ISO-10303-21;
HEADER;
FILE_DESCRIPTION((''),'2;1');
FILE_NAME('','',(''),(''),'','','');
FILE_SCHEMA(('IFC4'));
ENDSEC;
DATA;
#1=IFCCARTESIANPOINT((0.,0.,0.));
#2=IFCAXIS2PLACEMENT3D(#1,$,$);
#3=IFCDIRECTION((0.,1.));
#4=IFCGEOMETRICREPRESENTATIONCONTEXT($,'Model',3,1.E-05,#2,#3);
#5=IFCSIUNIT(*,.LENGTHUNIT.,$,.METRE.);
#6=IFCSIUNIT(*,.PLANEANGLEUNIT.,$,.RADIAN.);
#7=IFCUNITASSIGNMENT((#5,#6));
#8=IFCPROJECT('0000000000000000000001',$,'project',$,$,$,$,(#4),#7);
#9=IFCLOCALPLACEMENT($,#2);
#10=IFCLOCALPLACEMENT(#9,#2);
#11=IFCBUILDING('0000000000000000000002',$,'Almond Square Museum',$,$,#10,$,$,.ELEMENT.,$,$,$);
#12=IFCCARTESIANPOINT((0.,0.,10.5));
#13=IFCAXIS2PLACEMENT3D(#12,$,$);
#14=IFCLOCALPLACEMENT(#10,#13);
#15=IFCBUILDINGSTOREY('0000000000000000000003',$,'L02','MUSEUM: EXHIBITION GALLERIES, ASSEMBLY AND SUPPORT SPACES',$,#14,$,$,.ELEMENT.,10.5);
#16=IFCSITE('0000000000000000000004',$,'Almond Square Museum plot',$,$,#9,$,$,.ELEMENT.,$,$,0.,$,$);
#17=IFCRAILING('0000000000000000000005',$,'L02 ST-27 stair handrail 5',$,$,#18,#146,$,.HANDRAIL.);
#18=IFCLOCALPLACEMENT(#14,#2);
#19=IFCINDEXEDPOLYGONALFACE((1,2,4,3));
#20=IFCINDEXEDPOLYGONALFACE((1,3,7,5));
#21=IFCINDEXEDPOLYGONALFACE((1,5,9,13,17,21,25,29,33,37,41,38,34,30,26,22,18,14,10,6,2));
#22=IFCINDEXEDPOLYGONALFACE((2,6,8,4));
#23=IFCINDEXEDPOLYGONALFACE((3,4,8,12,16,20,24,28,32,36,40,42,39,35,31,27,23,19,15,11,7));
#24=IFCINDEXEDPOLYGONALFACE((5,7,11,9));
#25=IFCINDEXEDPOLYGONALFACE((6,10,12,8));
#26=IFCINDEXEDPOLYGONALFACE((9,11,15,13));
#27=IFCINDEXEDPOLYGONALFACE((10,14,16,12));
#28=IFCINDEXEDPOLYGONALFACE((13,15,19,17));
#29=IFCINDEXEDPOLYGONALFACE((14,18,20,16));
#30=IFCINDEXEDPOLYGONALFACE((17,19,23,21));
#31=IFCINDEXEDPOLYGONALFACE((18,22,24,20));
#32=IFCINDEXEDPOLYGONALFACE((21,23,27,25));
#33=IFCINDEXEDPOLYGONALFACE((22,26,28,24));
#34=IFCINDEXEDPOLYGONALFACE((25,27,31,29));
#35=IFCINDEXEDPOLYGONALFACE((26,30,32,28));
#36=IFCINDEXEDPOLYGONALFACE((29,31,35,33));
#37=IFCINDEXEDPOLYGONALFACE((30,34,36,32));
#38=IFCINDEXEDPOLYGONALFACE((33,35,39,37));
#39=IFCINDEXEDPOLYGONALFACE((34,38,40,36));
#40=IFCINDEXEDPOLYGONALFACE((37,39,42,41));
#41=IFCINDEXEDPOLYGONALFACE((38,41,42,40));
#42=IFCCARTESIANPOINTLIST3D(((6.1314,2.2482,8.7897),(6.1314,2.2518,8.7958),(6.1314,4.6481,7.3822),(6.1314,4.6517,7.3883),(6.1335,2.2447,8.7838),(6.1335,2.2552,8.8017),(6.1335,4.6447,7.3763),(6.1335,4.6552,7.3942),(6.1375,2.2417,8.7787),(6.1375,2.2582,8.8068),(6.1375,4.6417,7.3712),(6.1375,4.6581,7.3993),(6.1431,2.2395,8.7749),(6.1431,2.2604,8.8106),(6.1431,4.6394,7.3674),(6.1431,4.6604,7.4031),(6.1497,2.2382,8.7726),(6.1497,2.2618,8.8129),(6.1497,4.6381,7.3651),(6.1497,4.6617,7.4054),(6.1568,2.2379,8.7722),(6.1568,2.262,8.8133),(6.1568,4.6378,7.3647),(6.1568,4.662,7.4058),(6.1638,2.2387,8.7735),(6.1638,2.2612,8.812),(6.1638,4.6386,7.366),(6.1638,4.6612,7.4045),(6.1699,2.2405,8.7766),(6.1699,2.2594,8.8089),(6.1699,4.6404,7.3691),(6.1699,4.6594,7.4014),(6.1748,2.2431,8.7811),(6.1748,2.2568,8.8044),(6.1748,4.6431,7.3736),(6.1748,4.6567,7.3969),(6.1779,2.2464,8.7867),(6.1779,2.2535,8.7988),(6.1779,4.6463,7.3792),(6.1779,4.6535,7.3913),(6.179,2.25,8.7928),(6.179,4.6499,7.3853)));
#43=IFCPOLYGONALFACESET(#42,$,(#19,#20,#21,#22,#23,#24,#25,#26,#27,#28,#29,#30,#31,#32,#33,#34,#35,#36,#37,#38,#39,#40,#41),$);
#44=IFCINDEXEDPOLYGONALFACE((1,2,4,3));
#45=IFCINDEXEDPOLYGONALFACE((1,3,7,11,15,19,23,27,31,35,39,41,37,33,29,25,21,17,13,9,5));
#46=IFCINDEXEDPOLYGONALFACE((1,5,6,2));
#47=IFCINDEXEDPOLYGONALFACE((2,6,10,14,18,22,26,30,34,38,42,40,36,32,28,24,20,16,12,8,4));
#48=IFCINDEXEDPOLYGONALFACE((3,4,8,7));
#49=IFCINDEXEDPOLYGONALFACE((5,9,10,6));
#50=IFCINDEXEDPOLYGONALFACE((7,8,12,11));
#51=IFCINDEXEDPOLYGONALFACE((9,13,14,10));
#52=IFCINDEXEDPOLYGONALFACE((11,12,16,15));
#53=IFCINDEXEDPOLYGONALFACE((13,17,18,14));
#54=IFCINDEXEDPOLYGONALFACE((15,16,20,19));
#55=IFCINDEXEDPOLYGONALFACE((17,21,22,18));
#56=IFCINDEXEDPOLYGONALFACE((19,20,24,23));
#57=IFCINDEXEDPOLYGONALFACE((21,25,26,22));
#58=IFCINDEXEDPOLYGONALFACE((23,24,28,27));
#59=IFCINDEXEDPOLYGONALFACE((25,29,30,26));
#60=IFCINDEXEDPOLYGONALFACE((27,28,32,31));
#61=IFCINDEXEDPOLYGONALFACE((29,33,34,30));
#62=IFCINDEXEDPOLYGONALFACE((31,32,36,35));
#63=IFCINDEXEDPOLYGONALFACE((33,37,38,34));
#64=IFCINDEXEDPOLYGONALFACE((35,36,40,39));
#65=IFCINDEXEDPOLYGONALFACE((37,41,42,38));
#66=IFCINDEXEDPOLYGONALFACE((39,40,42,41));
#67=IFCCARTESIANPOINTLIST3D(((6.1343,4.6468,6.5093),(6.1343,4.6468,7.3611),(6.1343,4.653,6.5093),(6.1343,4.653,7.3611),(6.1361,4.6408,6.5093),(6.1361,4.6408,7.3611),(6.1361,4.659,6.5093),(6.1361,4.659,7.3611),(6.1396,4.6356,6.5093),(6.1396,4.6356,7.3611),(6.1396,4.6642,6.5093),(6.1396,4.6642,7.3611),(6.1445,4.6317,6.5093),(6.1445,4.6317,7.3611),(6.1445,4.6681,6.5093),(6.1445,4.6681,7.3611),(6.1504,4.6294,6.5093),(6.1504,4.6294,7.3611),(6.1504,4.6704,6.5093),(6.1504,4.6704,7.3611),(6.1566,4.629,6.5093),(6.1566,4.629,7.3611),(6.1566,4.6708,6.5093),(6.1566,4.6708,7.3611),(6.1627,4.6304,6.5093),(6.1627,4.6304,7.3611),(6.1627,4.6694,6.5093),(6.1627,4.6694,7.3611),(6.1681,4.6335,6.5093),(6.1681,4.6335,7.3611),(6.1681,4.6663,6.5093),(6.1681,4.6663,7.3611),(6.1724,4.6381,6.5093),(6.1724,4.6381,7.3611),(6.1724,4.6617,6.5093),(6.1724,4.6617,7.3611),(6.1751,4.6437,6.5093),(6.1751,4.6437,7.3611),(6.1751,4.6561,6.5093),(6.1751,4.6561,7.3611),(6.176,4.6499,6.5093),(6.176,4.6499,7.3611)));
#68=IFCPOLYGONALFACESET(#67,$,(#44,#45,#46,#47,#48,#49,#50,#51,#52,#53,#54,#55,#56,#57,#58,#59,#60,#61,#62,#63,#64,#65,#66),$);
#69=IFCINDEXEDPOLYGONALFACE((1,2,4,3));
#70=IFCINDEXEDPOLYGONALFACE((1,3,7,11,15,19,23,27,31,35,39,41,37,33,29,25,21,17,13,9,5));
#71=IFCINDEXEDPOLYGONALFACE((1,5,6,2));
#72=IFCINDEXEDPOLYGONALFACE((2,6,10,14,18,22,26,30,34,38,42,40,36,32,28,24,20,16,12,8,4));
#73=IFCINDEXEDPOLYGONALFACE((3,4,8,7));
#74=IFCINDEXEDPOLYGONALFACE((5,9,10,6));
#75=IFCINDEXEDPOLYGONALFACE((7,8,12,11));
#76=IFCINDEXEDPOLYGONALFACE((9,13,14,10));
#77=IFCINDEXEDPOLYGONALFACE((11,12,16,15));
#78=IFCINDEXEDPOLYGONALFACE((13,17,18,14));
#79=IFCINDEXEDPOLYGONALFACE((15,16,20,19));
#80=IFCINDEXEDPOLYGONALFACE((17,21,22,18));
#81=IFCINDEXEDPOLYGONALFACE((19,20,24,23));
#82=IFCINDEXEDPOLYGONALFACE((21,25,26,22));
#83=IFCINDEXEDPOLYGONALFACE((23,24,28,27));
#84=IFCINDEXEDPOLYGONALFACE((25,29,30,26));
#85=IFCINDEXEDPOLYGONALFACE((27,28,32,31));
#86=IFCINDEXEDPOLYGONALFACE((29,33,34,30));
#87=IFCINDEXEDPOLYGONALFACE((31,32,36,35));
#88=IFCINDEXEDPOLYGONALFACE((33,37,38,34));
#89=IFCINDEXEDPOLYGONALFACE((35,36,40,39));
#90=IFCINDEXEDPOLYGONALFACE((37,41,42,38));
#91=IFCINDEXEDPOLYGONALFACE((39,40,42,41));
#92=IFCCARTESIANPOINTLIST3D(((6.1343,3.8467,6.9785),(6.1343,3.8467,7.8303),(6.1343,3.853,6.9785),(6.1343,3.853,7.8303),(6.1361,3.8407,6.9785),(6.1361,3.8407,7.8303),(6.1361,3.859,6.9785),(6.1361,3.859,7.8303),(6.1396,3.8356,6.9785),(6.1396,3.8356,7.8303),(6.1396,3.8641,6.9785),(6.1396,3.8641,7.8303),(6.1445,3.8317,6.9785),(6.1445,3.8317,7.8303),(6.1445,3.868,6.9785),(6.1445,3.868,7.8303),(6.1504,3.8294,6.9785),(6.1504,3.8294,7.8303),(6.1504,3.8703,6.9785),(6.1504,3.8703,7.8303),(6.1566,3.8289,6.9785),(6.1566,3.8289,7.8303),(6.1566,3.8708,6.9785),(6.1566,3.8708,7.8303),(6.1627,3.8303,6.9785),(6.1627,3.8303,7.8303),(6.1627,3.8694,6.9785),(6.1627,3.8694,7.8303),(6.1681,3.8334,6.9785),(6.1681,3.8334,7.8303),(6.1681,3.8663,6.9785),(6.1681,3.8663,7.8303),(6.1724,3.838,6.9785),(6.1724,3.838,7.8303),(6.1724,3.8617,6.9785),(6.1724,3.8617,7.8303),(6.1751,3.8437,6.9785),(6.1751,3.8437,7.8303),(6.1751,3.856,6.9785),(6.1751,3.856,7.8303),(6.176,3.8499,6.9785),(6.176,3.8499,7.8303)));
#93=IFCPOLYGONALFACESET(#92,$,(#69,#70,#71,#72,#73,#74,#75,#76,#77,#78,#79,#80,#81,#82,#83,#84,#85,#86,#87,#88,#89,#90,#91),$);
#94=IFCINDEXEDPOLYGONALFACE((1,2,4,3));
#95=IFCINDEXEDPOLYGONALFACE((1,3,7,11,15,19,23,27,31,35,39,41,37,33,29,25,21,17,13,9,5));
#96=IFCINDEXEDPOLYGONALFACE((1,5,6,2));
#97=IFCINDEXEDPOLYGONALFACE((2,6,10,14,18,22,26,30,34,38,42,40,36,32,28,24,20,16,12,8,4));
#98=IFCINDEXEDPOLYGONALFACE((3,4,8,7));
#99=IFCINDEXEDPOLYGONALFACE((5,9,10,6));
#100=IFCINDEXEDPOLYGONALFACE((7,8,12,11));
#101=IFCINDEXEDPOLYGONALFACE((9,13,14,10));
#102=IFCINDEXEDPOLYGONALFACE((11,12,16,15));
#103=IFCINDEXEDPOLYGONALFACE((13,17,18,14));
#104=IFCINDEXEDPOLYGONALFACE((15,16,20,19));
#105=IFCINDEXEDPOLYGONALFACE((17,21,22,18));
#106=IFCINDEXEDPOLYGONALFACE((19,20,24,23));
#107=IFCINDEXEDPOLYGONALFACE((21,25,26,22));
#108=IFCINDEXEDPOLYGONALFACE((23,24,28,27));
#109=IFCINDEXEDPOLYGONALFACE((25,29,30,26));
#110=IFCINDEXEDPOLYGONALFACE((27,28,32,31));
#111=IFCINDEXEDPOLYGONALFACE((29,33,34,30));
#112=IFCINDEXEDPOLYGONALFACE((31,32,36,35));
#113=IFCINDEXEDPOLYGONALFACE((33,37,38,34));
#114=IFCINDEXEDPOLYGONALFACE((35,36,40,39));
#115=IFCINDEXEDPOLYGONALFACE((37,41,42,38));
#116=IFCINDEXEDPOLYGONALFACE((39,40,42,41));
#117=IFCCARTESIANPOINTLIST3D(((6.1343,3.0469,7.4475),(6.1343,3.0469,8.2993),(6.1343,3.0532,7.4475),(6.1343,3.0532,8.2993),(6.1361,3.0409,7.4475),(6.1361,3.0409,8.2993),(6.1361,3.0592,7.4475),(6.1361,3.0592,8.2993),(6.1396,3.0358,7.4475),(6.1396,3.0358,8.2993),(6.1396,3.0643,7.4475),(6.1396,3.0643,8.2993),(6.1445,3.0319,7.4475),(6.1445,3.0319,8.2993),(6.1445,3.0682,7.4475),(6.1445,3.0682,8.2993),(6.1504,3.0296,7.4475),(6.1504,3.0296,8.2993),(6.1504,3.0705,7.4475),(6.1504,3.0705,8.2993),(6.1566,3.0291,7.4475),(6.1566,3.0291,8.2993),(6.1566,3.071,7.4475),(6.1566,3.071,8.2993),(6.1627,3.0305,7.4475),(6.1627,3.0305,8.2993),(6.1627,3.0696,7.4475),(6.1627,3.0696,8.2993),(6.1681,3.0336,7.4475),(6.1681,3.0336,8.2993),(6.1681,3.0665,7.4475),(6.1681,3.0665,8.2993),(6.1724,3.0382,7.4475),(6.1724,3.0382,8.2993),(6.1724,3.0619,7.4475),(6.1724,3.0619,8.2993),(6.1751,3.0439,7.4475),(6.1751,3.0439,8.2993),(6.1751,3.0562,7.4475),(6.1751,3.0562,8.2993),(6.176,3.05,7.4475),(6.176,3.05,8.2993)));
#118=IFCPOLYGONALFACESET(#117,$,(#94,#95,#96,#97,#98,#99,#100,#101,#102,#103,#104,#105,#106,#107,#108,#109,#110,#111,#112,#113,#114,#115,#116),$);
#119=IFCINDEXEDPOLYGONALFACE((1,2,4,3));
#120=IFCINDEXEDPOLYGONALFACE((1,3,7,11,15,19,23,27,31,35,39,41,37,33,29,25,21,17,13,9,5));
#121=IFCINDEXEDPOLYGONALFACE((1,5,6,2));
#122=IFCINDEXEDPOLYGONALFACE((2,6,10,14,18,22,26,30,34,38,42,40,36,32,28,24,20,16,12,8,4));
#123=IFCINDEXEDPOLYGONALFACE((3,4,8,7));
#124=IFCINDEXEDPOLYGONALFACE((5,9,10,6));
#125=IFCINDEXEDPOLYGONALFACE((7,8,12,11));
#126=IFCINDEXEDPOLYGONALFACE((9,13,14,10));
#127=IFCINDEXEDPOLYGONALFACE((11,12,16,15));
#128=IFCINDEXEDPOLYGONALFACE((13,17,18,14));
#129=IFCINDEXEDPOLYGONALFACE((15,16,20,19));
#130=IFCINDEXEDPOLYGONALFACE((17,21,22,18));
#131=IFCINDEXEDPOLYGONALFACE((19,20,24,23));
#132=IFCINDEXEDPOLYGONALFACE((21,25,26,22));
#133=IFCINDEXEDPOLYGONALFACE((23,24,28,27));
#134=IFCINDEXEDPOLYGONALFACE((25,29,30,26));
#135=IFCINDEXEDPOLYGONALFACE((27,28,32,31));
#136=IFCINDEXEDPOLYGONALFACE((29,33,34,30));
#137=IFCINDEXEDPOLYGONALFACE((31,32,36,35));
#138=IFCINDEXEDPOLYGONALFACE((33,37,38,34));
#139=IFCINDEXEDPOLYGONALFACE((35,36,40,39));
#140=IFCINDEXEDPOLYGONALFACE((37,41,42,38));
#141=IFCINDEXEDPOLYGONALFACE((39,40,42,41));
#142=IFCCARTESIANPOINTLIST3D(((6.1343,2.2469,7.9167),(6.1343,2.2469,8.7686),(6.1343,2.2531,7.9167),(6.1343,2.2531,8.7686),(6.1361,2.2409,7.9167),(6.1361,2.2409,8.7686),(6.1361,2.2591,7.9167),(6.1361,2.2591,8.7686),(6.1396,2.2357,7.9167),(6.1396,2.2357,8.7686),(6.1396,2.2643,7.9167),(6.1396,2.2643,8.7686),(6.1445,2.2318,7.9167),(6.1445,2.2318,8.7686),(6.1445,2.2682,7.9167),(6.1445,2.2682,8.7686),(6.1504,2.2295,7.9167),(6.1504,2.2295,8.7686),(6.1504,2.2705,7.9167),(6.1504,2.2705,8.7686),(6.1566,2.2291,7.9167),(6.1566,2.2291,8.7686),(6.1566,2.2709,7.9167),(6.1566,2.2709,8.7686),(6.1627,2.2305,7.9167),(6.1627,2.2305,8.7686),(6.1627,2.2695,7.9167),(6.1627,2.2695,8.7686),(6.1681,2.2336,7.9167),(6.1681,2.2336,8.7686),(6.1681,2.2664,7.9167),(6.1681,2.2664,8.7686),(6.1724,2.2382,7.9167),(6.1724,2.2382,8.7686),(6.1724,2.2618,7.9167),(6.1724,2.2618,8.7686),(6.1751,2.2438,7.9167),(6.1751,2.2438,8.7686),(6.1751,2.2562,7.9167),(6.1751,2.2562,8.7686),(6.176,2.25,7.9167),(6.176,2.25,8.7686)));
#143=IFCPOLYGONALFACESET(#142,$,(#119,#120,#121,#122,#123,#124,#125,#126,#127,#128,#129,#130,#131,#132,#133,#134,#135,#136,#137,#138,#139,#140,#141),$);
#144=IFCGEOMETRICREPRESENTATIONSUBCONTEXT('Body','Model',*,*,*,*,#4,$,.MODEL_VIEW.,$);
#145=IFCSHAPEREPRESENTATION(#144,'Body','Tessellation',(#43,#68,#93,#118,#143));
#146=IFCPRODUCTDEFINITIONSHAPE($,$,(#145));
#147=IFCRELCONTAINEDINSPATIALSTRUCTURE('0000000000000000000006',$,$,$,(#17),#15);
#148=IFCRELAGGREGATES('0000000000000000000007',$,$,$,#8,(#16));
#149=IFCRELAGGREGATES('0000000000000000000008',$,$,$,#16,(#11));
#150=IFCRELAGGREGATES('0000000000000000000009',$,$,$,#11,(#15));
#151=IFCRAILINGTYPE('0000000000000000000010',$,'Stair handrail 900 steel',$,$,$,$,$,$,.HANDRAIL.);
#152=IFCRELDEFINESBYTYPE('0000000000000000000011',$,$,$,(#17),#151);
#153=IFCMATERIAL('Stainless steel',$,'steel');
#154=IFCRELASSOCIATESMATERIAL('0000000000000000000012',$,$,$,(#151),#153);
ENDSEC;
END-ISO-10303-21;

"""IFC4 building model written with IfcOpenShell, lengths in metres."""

from ifc_helpers import new_model, si_unit, direction, frame, origin, origin_2d, place, context, subcontext, project, spatial, circle, extrude, material, type_object, element, save


model = new_model("IFC4")

# Units and contexts
model_context = context("Model", 3, precision=1e-05, world=origin(), true_north=direction((0.0, 1.0)))
body_context = subcontext(model_context, "Body", "Model", "MODEL_VIEW")
ifc_project = project(units=[si_unit("LENGTHUNIT", "METRE"), si_unit("PLANEANGLEUNIT", "RADIAN")], contexts=[model_context])

# Site, building, storey
site_placement = place(None, origin())
site = spatial("IfcSite", under=ifc_project, at=site_placement, Name="Almond Square Museum plot", CompositionType="ELEMENT", RefElevation=0.0)
building_placement = place(site_placement, origin())
building = spatial("IfcBuilding", under=site, at=building_placement, Name="Almond Square Museum", CompositionType="ELEMENT")
storey_placement = place(building_placement, frame((0.0, 0.0, 10.5)))
storey = spatial("IfcBuildingStorey", under=building, at=storey_placement, Name="L02", Description="MUSEUM: EXHIBITION GALLERIES, ASSEMBLY AND SUPPORT SPACES", CompositionType="ELEMENT", Elevation=10.5)

# Railing
ifc_material_1 = material(Name="Stainless steel", Category="steel")
railing_type_1 = type_object("IfcRailingType", Name="Stair handrail 900 steel", PredefinedType="HANDRAIL", material=ifc_material_1)
for number, where, name in (
    (1, (6.155, 4.6499, 6.5093), "L02 ST-27 stair handrail 5"),
):
    element("IfcRailing", number, at=place(storey_placement, frame(where)), inside=storey, type_object=railing_type_1, Name=name, PredefinedType="HANDRAIL", context=body_context, shape_type="SweptSolid", body=[
        extrude(circle(Radius=0.0239, at=origin_2d()), frame((0.0, 0.0, 0.876), z_axis=(0.0, -0.862599, 0.505888), x_axis=(1.0, 0.0, 0.0)), (0.0, 0.0, 1.0), 2.7822),
        extrude(circle(Radius=0.021, at=origin_2d()), origin(), (0.0, 0.0, 1.0), 0.8518),
        extrude(circle(Radius=0.021, at=origin_2d()), frame((0.0, -0.8, 0.4692)), (0.0, 0.0, 1.0), 0.8518),
        extrude(circle(Radius=0.021, at=origin_2d()), frame((0.0, -1.5999, 0.9382)), (0.0, 0.0, 1.0), 0.8518),
        extrude(circle(Radius=0.021, at=origin_2d()), frame((0.0, -2.3999, 1.4075)), (0.0, 0.0, 1.0), 0.8518),
    ])

save(model, "model.ifc")
